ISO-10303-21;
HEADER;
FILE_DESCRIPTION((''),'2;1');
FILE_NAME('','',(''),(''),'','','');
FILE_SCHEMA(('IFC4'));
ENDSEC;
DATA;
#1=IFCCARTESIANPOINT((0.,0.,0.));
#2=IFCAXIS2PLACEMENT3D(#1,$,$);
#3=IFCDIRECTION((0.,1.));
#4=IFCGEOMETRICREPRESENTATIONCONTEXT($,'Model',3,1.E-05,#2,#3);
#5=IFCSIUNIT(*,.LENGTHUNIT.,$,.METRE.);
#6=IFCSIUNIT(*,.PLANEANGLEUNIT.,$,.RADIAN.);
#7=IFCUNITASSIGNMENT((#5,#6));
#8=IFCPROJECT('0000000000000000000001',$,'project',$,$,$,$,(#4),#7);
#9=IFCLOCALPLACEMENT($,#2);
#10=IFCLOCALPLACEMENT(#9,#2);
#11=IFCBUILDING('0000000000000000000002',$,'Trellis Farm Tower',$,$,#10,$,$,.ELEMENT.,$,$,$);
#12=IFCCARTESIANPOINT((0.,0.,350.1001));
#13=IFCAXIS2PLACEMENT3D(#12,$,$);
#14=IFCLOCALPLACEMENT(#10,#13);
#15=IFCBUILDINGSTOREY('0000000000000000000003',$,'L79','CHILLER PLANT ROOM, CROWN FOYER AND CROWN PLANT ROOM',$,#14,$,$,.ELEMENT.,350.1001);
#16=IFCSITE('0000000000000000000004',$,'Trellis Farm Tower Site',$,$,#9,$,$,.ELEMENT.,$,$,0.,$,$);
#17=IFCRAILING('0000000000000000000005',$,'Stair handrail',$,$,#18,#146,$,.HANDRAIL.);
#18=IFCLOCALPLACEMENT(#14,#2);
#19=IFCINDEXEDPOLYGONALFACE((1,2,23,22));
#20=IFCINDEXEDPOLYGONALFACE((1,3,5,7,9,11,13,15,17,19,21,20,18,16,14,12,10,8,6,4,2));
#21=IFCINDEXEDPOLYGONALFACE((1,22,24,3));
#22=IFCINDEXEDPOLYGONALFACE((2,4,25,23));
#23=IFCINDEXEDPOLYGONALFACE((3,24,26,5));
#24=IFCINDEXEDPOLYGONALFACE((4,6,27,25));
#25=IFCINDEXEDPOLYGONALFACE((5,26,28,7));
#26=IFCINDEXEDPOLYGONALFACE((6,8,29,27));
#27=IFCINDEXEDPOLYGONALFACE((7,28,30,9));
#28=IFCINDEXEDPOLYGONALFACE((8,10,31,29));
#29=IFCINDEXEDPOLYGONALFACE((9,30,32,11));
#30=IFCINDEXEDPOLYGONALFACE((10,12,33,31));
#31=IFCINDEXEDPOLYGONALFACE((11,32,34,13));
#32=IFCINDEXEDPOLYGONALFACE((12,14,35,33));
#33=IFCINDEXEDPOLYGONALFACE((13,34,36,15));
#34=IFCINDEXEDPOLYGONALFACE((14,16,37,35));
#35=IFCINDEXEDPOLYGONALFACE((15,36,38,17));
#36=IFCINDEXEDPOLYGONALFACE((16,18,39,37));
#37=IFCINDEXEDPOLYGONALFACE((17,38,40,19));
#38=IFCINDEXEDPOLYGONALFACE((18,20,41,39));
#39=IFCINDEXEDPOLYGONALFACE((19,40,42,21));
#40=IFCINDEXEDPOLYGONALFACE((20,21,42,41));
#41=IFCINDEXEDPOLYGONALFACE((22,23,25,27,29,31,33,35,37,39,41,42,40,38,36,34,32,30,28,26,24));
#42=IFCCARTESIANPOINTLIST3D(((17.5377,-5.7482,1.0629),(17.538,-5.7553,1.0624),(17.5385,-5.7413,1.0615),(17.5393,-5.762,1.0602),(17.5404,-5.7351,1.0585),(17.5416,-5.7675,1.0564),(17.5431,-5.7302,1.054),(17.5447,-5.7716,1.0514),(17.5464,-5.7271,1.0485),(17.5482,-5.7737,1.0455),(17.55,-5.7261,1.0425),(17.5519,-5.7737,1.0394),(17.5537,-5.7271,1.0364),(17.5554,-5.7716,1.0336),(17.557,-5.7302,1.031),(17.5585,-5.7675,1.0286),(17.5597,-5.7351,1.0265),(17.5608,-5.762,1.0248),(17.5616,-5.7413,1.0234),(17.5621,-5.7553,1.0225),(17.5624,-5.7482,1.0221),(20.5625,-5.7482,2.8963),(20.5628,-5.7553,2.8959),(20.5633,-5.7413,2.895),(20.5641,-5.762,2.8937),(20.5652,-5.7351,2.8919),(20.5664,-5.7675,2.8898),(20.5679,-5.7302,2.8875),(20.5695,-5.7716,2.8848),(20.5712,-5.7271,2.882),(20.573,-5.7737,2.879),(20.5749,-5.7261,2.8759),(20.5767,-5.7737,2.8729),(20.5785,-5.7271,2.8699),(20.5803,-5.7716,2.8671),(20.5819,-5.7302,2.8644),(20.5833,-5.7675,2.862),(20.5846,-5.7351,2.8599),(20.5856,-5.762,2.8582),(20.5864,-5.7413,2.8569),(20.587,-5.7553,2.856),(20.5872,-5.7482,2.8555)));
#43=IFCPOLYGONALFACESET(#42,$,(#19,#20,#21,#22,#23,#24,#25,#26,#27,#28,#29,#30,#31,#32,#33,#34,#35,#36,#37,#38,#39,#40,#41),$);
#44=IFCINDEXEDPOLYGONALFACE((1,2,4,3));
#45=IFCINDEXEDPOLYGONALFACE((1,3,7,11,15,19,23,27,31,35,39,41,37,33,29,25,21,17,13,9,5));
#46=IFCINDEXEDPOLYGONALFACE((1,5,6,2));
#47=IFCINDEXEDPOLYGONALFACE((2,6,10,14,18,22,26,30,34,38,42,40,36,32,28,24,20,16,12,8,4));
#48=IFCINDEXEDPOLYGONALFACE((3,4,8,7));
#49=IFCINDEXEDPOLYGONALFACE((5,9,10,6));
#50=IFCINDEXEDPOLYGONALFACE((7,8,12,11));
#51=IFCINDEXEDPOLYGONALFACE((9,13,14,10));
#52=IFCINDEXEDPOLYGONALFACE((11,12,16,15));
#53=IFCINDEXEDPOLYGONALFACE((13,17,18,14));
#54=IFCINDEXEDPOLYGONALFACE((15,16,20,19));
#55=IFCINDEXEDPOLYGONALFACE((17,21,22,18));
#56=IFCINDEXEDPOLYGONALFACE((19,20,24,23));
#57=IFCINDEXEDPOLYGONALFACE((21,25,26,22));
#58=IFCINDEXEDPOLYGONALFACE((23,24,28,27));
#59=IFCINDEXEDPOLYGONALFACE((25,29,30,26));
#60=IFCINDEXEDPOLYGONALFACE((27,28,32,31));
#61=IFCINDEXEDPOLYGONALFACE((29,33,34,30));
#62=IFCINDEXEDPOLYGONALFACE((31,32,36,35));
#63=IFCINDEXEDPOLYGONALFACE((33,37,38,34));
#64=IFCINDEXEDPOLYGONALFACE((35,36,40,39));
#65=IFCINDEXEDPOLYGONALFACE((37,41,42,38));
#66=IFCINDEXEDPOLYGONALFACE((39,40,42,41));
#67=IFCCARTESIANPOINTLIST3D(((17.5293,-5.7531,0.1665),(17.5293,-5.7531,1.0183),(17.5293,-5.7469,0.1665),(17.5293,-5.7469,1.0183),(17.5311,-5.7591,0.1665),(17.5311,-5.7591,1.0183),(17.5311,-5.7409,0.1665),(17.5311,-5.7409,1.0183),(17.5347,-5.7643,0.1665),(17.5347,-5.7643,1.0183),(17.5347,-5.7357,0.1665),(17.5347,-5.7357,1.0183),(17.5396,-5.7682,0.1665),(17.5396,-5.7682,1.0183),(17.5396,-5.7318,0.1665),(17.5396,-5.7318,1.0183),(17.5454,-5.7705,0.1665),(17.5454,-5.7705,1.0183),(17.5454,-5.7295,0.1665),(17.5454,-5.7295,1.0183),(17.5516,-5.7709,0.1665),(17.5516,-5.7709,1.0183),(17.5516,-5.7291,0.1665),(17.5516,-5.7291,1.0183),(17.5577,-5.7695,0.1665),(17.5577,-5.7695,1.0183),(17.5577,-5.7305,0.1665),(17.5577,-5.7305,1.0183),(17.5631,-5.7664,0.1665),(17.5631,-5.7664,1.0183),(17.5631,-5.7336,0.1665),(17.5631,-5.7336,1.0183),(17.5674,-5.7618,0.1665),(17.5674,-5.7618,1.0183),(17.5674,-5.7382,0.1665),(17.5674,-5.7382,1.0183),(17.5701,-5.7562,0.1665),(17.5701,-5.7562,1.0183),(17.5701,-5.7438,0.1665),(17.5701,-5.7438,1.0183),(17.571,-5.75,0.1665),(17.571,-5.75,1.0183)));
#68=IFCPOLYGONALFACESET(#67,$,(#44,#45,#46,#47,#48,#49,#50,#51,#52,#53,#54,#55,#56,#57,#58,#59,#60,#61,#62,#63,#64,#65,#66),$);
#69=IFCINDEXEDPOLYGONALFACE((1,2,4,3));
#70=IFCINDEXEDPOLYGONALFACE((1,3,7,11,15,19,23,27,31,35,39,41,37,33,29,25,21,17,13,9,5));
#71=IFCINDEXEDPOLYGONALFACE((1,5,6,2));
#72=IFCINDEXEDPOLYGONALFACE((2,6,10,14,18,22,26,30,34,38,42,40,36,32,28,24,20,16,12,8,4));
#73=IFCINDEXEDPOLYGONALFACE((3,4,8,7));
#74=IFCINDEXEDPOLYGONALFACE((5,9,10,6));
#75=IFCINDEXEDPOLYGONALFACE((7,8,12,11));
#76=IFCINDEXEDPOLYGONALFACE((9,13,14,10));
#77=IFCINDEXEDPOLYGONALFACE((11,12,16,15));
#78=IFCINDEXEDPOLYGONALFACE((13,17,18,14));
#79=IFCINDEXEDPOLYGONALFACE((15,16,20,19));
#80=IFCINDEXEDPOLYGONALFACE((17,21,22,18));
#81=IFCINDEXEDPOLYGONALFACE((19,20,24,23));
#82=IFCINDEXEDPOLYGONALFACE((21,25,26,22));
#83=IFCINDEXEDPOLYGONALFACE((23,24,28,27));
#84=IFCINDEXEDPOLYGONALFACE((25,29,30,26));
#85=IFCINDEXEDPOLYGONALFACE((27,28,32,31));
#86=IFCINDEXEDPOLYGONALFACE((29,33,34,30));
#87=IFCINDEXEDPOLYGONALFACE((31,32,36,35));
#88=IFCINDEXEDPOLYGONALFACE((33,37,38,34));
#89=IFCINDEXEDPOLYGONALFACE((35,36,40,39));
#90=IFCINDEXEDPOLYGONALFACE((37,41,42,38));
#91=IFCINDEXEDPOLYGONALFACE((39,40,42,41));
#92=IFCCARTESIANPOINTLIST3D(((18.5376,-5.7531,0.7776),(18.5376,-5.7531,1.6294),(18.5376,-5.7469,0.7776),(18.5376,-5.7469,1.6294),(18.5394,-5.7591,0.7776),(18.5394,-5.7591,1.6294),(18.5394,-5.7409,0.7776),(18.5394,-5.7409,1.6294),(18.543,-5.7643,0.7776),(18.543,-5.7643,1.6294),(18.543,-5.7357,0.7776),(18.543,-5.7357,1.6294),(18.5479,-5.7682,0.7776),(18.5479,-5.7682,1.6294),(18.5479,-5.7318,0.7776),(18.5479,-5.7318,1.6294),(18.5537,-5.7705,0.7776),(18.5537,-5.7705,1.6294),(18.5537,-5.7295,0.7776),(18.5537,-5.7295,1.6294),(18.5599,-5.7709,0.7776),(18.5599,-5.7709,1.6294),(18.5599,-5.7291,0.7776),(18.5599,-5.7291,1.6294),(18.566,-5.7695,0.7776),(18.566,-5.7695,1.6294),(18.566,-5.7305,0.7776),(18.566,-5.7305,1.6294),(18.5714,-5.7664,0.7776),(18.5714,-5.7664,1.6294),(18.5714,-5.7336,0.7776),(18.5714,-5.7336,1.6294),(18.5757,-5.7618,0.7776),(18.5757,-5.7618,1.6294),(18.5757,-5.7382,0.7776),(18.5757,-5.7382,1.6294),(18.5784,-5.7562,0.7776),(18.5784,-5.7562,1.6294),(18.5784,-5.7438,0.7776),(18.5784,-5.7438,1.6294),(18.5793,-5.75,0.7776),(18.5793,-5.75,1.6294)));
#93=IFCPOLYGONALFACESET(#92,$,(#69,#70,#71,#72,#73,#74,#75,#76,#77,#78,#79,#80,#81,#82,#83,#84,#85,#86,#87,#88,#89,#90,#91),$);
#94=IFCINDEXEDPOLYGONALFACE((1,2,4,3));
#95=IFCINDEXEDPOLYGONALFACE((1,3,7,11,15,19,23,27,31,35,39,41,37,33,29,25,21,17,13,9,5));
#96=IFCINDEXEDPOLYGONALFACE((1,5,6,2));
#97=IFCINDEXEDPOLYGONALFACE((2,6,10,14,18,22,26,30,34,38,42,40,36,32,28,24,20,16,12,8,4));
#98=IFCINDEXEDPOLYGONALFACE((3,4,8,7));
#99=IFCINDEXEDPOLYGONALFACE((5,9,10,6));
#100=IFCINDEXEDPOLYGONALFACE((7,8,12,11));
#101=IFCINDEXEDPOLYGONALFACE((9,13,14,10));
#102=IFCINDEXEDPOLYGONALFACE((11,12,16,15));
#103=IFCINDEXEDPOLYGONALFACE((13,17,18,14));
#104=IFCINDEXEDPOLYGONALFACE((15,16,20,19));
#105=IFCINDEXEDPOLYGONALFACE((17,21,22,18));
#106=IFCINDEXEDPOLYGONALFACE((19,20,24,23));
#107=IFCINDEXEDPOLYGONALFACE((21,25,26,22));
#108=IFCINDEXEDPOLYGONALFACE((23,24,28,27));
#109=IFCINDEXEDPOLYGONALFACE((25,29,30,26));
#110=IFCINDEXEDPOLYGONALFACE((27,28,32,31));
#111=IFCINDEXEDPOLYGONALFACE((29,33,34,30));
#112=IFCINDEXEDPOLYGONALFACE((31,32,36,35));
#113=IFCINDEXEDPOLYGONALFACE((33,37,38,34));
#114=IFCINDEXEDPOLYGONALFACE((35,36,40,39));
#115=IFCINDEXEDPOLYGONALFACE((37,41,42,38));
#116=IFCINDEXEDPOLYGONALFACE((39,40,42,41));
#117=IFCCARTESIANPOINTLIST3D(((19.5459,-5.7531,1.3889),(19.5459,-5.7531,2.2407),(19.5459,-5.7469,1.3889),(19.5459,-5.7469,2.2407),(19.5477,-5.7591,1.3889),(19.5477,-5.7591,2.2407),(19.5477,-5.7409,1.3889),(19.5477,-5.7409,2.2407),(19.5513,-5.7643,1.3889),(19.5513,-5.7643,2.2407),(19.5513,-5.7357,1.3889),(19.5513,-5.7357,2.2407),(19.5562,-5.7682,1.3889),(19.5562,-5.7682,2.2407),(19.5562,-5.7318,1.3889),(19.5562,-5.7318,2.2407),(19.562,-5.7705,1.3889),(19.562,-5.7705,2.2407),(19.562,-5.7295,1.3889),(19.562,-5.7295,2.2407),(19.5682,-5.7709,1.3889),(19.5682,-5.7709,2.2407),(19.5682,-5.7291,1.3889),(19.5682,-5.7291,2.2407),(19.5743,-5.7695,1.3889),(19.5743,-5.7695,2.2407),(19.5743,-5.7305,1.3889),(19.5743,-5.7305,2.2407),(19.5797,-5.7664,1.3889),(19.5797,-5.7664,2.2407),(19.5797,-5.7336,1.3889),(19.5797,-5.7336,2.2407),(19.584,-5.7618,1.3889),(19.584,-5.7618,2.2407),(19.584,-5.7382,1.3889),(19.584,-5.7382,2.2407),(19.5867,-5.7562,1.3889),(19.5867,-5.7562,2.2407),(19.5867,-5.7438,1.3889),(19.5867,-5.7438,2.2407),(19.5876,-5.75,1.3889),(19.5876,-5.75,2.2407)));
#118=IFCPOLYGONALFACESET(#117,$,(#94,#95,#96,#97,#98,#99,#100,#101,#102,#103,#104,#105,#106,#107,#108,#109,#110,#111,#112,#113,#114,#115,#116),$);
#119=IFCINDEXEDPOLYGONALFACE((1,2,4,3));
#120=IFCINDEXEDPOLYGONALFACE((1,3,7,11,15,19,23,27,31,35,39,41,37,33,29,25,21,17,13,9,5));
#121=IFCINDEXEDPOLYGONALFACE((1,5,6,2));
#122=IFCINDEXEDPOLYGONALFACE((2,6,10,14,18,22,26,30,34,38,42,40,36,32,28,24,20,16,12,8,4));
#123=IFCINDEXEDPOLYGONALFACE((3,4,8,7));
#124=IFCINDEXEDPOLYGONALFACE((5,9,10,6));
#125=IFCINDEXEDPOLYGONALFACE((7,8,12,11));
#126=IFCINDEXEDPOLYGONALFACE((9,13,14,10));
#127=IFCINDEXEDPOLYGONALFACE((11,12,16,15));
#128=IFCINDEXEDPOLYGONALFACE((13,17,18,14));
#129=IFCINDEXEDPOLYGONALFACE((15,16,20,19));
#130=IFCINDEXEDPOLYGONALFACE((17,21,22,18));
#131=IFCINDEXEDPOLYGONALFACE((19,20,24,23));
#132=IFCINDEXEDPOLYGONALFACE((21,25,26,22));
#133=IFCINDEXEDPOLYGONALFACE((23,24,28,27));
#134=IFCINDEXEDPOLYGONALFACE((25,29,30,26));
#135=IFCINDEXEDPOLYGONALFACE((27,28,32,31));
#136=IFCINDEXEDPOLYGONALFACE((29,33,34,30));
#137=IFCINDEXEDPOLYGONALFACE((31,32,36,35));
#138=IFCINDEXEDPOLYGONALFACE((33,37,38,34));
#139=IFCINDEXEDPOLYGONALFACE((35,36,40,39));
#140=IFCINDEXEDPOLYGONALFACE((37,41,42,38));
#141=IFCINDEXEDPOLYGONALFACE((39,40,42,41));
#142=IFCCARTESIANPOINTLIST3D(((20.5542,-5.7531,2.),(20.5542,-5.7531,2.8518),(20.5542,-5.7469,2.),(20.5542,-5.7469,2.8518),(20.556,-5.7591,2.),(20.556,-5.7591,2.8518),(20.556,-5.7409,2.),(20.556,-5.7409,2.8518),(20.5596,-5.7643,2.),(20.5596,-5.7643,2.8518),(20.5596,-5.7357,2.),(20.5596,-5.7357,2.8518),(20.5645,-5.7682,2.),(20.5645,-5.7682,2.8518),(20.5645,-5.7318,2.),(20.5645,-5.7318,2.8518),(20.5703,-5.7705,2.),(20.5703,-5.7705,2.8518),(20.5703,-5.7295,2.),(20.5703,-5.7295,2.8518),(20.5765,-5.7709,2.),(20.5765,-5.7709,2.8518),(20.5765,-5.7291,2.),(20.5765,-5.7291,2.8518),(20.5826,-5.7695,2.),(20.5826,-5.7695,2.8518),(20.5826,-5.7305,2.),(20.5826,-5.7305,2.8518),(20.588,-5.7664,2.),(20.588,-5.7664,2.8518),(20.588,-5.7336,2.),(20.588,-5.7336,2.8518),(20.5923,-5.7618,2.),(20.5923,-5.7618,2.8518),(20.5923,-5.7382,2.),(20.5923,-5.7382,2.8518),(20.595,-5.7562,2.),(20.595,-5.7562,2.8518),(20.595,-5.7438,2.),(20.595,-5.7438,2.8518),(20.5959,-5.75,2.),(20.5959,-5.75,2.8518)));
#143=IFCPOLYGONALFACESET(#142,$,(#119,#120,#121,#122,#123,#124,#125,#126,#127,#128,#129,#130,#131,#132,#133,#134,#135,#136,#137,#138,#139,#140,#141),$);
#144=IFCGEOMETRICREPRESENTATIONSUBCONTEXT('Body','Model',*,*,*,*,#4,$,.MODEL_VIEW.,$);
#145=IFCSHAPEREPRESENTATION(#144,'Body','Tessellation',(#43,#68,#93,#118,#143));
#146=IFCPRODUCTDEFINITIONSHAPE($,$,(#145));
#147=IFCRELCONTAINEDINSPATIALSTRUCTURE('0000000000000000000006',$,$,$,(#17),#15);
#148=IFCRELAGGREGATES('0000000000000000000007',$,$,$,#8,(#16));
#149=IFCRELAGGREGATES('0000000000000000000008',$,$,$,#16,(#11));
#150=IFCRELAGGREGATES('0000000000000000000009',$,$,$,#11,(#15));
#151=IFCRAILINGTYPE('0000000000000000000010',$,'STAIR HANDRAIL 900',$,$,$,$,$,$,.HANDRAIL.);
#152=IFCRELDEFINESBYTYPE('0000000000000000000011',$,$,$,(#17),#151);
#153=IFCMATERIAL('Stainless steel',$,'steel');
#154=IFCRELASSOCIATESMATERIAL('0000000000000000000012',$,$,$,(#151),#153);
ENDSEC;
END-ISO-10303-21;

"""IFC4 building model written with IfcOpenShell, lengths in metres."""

from ifc_helpers import new_model, si_unit, direction, frame, origin, origin_2d, place, context, subcontext, project, spatial, circle, extrude, source, transform, mapped, material, type_object, element, save


model = new_model("IFC4")

# Units and contexts
model_context = context("Model", 3, precision=1e-05, world=origin(), true_north=direction((0.0, 1.0)))
body_context = subcontext(model_context, "Body", "Model", "MODEL_VIEW")
ifc_project = project(units=[si_unit("LENGTHUNIT", "METRE"), si_unit("PLANEANGLEUNIT", "RADIAN")], contexts=[model_context])

# Site, building, storey
site_placement = place(None, origin())
site = spatial("IfcSite", under=ifc_project, at=site_placement, Name="Trellis Farm Tower Site", CompositionType="ELEMENT", RefElevation=0.0)
building_placement = place(site_placement, origin())
building = spatial("IfcBuilding", under=site, at=building_placement, Name="Trellis Farm Tower", CompositionType="ELEMENT")
storey_placement = place(building_placement, frame((0.0, 0.0, 350.1001)))
storey = spatial("IfcBuildingStorey", under=building, at=storey_placement, Name="L79", Description="CHILLER PLANT ROOM, CROWN FOYER AND CROWN PLANT ROOM", CompositionType="ELEMENT", Elevation=350.1001)

# Railing
ifc_material_1 = material(Name="Stainless steel", Category="steel")
railing_type = type_object("IfcRailingType", Name="STAIR HANDRAIL 900", PredefinedType="HANDRAIL", material=ifc_material_1)
shared_shape_1 = source(origin(), body_context, "Body", "SweptSolid", [
    extrude(circle(Radius=0.0239, at=origin_2d()), frame((0.0, 0.0, 0.876), z_axis=(0.85517, 0.0, 0.518348), x_axis=(0.0, 1.0, 0.0)), (0.0, 0.0, 1.0), 3.5371),
    extrude(circle(Radius=0.021, at=origin_2d()), origin(), (0.0, 0.0, 1.0), 0.8518),
    extrude(circle(Radius=0.021, at=origin_2d()), frame((1.0083, 0.0, 0.6111)), (0.0, 0.0, 1.0), 0.8518),
    extrude(circle(Radius=0.021, at=origin_2d()), frame((2.0166, 0.0, 1.2224)), (0.0, 0.0, 1.0), 0.8518),
    extrude(circle(Radius=0.021, at=origin_2d()), frame((3.0249, 0.0, 1.8335)), (0.0, 0.0, 1.0), 0.8518),
])
for number, where, name in (
    (1, (17.55, -5.75, 0.1665), "Stair handrail"),
):
    element("IfcRailing", number, at=place(storey_placement, frame(where)), inside=storey, type_object=railing_type, Name=name, PredefinedType="HANDRAIL", context=body_context, shape_type="MappedRepresentation", body=[
        mapped(shared_shape_1, transform((0.0, 0.0, 0.0))),
    ])

save(model, "model.ifc")
